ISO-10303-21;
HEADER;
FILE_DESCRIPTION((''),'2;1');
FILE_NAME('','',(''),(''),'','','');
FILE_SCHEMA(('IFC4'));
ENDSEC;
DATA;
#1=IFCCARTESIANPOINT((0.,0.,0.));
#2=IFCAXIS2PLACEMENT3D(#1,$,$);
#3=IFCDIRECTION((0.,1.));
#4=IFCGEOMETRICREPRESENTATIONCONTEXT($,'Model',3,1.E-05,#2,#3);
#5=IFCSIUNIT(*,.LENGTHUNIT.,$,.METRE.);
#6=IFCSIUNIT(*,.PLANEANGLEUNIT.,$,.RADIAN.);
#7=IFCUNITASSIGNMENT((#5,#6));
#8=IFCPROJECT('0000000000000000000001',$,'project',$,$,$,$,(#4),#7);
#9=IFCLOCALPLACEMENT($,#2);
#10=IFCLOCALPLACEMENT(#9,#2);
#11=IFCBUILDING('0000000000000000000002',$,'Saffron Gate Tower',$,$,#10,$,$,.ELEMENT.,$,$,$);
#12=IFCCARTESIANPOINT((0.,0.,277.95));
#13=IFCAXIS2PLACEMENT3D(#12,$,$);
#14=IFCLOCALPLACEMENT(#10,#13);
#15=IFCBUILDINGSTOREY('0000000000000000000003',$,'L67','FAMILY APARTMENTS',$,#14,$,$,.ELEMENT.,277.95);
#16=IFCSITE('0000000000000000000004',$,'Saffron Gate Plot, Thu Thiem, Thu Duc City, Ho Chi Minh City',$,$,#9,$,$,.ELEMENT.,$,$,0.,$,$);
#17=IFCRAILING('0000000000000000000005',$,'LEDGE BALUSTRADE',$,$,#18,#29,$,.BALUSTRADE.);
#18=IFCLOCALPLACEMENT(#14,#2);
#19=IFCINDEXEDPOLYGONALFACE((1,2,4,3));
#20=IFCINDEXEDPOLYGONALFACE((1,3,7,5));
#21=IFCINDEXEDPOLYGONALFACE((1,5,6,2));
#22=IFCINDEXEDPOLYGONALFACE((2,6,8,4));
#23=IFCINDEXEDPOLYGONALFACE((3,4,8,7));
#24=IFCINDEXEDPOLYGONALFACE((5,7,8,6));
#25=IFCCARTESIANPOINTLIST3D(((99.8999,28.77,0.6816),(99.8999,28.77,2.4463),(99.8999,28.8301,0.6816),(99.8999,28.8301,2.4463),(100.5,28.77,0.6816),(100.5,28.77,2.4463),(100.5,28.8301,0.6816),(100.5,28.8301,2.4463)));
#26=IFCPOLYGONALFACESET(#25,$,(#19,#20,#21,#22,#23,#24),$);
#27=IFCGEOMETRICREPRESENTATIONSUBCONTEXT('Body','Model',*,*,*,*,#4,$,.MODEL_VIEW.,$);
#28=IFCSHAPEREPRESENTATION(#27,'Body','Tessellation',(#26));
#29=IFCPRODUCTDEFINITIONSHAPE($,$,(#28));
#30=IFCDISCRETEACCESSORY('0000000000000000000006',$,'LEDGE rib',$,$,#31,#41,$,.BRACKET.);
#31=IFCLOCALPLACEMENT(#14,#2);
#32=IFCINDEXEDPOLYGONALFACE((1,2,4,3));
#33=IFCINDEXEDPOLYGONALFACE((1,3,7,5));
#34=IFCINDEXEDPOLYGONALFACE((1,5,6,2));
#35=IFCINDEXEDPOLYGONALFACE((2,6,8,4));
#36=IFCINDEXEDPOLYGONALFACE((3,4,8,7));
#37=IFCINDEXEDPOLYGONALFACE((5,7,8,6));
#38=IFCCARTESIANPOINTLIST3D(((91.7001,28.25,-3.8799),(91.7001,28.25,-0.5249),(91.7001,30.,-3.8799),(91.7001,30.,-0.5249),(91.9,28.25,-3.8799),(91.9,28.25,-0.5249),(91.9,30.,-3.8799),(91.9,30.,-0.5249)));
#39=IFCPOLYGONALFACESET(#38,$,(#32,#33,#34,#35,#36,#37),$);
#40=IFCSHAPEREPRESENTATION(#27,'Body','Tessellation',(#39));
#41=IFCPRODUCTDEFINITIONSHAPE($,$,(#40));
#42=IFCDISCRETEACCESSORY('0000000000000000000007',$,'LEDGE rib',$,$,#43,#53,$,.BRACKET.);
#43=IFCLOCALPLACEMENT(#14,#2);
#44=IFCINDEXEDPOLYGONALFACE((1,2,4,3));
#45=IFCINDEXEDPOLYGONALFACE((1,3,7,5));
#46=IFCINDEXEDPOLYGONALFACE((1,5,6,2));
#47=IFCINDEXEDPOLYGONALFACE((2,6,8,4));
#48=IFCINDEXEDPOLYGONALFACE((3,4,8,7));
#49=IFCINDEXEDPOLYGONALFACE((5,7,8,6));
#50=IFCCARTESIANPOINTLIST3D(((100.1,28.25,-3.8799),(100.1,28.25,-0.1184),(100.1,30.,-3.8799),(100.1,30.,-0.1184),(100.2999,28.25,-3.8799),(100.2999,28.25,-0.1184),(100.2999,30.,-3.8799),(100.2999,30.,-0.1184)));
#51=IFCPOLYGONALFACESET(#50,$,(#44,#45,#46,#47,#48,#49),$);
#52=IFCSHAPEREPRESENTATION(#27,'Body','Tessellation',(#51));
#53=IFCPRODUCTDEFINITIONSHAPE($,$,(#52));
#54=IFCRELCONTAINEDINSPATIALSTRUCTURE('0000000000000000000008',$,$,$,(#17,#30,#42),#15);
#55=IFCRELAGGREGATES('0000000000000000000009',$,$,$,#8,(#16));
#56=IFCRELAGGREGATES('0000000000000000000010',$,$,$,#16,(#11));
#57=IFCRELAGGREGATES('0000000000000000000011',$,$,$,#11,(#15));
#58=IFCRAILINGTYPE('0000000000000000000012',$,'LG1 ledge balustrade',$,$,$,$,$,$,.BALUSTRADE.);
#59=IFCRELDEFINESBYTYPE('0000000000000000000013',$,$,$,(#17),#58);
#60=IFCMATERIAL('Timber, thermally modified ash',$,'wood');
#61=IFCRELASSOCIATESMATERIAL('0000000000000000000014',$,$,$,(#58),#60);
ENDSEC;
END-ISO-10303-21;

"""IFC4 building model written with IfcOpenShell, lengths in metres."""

from ifc_helpers import new_model, si_unit, direction, frame, origin, origin_2d, place, context, subcontext, project, spatial, rectangle, extrude, material, type_object, element, save


model = new_model("IFC4")

# Units and contexts
model_context = context("Model", 3, precision=1e-05, world=origin(), true_north=direction((0.0, 1.0)))
body_context = subcontext(model_context, "Body", "Model", "MODEL_VIEW")
ifc_project = project(units=[si_unit("LENGTHUNIT", "METRE"), si_unit("PLANEANGLEUNIT", "RADIAN")], contexts=[model_context])

# Site, building, storey
site_placement = place(None, origin())
site = spatial("IfcSite", under=ifc_project, at=site_placement, Name="Saffron Gate Plot, Thu Thiem, Thu Duc City, Ho Chi Minh City", CompositionType="ELEMENT", RefElevation=0.0)
building_placement = place(site_placement, origin())
building = spatial("IfcBuilding", under=site, at=building_placement, Name="Saffron Gate Tower", CompositionType="ELEMENT")
storey_placement = place(building_placement, frame((0.0, 0.0, 277.95)))
storey = spatial("IfcBuildingStorey", under=building, at=storey_placement, Name="L67", Description="FAMILY APARTMENTS", CompositionType="ELEMENT", Elevation=277.95)

# Shared definitions
ifc_material_1 = material(Name="Timber, thermally modified ash", Category="wood")

# Railing
railing_type_1 = type_object("IfcRailingType", Name="LG1 ledge balustrade", PredefinedType="BALUSTRADE", material=ifc_material_1)
railing_1_placement = place(storey_placement, frame((99.8999, 28.8, 0.6816)))
element("IfcRailing", 1, at=railing_1_placement, inside=storey, type_object=railing_type_1, Name="LEDGE BALUSTRADE", PredefinedType="BALUSTRADE", context=body_context, shape_type="SweptSolid", body=[
    extrude(rectangle(XDim=0.0601, YDim=1.7646, at=origin_2d()), frame((0.0, 0.0, 0.8823), z_axis=(1.0, 0.0, 0.0), x_axis=(0.0, 1.0, 0.0)), (0.0, 0.0, 1.0), 0.6001),
])

# Discrete accessories
discrete_accessory_1_placement = place(storey_placement, frame((91.8, 29.125, -3.8799), z_axis=(0.0, 0.0, 1.0), x_axis=(1.0, 0.0, 0.0)))
element("IfcDiscreteAccessory", 2, at=discrete_accessory_1_placement, inside=storey, Name="LEDGE rib", PredefinedType="BRACKET", context=body_context, shape_type="SweptSolid", body=[
    extrude(rectangle(XDim=0.2, YDim=1.75, at=origin_2d()), origin(), (0.0, 0.0, 1.0), 3.355),
])
discrete_accessory_2_placement = place(storey_placement, frame((100.2, 29.125, -3.8799), z_axis=(0.0, 0.0, 1.0), x_axis=(1.0, 0.0, 0.0)))
element("IfcDiscreteAccessory", 3, at=discrete_accessory_2_placement, inside=storey, Name="LEDGE rib", PredefinedType="BRACKET", context=body_context, shape_type="SweptSolid", body=[
    extrude(rectangle(XDim=0.2, YDim=1.75, at=origin_2d()), origin(), (0.0, 0.0, 1.0), 3.7615),
])

save(model, "model.ifc")
